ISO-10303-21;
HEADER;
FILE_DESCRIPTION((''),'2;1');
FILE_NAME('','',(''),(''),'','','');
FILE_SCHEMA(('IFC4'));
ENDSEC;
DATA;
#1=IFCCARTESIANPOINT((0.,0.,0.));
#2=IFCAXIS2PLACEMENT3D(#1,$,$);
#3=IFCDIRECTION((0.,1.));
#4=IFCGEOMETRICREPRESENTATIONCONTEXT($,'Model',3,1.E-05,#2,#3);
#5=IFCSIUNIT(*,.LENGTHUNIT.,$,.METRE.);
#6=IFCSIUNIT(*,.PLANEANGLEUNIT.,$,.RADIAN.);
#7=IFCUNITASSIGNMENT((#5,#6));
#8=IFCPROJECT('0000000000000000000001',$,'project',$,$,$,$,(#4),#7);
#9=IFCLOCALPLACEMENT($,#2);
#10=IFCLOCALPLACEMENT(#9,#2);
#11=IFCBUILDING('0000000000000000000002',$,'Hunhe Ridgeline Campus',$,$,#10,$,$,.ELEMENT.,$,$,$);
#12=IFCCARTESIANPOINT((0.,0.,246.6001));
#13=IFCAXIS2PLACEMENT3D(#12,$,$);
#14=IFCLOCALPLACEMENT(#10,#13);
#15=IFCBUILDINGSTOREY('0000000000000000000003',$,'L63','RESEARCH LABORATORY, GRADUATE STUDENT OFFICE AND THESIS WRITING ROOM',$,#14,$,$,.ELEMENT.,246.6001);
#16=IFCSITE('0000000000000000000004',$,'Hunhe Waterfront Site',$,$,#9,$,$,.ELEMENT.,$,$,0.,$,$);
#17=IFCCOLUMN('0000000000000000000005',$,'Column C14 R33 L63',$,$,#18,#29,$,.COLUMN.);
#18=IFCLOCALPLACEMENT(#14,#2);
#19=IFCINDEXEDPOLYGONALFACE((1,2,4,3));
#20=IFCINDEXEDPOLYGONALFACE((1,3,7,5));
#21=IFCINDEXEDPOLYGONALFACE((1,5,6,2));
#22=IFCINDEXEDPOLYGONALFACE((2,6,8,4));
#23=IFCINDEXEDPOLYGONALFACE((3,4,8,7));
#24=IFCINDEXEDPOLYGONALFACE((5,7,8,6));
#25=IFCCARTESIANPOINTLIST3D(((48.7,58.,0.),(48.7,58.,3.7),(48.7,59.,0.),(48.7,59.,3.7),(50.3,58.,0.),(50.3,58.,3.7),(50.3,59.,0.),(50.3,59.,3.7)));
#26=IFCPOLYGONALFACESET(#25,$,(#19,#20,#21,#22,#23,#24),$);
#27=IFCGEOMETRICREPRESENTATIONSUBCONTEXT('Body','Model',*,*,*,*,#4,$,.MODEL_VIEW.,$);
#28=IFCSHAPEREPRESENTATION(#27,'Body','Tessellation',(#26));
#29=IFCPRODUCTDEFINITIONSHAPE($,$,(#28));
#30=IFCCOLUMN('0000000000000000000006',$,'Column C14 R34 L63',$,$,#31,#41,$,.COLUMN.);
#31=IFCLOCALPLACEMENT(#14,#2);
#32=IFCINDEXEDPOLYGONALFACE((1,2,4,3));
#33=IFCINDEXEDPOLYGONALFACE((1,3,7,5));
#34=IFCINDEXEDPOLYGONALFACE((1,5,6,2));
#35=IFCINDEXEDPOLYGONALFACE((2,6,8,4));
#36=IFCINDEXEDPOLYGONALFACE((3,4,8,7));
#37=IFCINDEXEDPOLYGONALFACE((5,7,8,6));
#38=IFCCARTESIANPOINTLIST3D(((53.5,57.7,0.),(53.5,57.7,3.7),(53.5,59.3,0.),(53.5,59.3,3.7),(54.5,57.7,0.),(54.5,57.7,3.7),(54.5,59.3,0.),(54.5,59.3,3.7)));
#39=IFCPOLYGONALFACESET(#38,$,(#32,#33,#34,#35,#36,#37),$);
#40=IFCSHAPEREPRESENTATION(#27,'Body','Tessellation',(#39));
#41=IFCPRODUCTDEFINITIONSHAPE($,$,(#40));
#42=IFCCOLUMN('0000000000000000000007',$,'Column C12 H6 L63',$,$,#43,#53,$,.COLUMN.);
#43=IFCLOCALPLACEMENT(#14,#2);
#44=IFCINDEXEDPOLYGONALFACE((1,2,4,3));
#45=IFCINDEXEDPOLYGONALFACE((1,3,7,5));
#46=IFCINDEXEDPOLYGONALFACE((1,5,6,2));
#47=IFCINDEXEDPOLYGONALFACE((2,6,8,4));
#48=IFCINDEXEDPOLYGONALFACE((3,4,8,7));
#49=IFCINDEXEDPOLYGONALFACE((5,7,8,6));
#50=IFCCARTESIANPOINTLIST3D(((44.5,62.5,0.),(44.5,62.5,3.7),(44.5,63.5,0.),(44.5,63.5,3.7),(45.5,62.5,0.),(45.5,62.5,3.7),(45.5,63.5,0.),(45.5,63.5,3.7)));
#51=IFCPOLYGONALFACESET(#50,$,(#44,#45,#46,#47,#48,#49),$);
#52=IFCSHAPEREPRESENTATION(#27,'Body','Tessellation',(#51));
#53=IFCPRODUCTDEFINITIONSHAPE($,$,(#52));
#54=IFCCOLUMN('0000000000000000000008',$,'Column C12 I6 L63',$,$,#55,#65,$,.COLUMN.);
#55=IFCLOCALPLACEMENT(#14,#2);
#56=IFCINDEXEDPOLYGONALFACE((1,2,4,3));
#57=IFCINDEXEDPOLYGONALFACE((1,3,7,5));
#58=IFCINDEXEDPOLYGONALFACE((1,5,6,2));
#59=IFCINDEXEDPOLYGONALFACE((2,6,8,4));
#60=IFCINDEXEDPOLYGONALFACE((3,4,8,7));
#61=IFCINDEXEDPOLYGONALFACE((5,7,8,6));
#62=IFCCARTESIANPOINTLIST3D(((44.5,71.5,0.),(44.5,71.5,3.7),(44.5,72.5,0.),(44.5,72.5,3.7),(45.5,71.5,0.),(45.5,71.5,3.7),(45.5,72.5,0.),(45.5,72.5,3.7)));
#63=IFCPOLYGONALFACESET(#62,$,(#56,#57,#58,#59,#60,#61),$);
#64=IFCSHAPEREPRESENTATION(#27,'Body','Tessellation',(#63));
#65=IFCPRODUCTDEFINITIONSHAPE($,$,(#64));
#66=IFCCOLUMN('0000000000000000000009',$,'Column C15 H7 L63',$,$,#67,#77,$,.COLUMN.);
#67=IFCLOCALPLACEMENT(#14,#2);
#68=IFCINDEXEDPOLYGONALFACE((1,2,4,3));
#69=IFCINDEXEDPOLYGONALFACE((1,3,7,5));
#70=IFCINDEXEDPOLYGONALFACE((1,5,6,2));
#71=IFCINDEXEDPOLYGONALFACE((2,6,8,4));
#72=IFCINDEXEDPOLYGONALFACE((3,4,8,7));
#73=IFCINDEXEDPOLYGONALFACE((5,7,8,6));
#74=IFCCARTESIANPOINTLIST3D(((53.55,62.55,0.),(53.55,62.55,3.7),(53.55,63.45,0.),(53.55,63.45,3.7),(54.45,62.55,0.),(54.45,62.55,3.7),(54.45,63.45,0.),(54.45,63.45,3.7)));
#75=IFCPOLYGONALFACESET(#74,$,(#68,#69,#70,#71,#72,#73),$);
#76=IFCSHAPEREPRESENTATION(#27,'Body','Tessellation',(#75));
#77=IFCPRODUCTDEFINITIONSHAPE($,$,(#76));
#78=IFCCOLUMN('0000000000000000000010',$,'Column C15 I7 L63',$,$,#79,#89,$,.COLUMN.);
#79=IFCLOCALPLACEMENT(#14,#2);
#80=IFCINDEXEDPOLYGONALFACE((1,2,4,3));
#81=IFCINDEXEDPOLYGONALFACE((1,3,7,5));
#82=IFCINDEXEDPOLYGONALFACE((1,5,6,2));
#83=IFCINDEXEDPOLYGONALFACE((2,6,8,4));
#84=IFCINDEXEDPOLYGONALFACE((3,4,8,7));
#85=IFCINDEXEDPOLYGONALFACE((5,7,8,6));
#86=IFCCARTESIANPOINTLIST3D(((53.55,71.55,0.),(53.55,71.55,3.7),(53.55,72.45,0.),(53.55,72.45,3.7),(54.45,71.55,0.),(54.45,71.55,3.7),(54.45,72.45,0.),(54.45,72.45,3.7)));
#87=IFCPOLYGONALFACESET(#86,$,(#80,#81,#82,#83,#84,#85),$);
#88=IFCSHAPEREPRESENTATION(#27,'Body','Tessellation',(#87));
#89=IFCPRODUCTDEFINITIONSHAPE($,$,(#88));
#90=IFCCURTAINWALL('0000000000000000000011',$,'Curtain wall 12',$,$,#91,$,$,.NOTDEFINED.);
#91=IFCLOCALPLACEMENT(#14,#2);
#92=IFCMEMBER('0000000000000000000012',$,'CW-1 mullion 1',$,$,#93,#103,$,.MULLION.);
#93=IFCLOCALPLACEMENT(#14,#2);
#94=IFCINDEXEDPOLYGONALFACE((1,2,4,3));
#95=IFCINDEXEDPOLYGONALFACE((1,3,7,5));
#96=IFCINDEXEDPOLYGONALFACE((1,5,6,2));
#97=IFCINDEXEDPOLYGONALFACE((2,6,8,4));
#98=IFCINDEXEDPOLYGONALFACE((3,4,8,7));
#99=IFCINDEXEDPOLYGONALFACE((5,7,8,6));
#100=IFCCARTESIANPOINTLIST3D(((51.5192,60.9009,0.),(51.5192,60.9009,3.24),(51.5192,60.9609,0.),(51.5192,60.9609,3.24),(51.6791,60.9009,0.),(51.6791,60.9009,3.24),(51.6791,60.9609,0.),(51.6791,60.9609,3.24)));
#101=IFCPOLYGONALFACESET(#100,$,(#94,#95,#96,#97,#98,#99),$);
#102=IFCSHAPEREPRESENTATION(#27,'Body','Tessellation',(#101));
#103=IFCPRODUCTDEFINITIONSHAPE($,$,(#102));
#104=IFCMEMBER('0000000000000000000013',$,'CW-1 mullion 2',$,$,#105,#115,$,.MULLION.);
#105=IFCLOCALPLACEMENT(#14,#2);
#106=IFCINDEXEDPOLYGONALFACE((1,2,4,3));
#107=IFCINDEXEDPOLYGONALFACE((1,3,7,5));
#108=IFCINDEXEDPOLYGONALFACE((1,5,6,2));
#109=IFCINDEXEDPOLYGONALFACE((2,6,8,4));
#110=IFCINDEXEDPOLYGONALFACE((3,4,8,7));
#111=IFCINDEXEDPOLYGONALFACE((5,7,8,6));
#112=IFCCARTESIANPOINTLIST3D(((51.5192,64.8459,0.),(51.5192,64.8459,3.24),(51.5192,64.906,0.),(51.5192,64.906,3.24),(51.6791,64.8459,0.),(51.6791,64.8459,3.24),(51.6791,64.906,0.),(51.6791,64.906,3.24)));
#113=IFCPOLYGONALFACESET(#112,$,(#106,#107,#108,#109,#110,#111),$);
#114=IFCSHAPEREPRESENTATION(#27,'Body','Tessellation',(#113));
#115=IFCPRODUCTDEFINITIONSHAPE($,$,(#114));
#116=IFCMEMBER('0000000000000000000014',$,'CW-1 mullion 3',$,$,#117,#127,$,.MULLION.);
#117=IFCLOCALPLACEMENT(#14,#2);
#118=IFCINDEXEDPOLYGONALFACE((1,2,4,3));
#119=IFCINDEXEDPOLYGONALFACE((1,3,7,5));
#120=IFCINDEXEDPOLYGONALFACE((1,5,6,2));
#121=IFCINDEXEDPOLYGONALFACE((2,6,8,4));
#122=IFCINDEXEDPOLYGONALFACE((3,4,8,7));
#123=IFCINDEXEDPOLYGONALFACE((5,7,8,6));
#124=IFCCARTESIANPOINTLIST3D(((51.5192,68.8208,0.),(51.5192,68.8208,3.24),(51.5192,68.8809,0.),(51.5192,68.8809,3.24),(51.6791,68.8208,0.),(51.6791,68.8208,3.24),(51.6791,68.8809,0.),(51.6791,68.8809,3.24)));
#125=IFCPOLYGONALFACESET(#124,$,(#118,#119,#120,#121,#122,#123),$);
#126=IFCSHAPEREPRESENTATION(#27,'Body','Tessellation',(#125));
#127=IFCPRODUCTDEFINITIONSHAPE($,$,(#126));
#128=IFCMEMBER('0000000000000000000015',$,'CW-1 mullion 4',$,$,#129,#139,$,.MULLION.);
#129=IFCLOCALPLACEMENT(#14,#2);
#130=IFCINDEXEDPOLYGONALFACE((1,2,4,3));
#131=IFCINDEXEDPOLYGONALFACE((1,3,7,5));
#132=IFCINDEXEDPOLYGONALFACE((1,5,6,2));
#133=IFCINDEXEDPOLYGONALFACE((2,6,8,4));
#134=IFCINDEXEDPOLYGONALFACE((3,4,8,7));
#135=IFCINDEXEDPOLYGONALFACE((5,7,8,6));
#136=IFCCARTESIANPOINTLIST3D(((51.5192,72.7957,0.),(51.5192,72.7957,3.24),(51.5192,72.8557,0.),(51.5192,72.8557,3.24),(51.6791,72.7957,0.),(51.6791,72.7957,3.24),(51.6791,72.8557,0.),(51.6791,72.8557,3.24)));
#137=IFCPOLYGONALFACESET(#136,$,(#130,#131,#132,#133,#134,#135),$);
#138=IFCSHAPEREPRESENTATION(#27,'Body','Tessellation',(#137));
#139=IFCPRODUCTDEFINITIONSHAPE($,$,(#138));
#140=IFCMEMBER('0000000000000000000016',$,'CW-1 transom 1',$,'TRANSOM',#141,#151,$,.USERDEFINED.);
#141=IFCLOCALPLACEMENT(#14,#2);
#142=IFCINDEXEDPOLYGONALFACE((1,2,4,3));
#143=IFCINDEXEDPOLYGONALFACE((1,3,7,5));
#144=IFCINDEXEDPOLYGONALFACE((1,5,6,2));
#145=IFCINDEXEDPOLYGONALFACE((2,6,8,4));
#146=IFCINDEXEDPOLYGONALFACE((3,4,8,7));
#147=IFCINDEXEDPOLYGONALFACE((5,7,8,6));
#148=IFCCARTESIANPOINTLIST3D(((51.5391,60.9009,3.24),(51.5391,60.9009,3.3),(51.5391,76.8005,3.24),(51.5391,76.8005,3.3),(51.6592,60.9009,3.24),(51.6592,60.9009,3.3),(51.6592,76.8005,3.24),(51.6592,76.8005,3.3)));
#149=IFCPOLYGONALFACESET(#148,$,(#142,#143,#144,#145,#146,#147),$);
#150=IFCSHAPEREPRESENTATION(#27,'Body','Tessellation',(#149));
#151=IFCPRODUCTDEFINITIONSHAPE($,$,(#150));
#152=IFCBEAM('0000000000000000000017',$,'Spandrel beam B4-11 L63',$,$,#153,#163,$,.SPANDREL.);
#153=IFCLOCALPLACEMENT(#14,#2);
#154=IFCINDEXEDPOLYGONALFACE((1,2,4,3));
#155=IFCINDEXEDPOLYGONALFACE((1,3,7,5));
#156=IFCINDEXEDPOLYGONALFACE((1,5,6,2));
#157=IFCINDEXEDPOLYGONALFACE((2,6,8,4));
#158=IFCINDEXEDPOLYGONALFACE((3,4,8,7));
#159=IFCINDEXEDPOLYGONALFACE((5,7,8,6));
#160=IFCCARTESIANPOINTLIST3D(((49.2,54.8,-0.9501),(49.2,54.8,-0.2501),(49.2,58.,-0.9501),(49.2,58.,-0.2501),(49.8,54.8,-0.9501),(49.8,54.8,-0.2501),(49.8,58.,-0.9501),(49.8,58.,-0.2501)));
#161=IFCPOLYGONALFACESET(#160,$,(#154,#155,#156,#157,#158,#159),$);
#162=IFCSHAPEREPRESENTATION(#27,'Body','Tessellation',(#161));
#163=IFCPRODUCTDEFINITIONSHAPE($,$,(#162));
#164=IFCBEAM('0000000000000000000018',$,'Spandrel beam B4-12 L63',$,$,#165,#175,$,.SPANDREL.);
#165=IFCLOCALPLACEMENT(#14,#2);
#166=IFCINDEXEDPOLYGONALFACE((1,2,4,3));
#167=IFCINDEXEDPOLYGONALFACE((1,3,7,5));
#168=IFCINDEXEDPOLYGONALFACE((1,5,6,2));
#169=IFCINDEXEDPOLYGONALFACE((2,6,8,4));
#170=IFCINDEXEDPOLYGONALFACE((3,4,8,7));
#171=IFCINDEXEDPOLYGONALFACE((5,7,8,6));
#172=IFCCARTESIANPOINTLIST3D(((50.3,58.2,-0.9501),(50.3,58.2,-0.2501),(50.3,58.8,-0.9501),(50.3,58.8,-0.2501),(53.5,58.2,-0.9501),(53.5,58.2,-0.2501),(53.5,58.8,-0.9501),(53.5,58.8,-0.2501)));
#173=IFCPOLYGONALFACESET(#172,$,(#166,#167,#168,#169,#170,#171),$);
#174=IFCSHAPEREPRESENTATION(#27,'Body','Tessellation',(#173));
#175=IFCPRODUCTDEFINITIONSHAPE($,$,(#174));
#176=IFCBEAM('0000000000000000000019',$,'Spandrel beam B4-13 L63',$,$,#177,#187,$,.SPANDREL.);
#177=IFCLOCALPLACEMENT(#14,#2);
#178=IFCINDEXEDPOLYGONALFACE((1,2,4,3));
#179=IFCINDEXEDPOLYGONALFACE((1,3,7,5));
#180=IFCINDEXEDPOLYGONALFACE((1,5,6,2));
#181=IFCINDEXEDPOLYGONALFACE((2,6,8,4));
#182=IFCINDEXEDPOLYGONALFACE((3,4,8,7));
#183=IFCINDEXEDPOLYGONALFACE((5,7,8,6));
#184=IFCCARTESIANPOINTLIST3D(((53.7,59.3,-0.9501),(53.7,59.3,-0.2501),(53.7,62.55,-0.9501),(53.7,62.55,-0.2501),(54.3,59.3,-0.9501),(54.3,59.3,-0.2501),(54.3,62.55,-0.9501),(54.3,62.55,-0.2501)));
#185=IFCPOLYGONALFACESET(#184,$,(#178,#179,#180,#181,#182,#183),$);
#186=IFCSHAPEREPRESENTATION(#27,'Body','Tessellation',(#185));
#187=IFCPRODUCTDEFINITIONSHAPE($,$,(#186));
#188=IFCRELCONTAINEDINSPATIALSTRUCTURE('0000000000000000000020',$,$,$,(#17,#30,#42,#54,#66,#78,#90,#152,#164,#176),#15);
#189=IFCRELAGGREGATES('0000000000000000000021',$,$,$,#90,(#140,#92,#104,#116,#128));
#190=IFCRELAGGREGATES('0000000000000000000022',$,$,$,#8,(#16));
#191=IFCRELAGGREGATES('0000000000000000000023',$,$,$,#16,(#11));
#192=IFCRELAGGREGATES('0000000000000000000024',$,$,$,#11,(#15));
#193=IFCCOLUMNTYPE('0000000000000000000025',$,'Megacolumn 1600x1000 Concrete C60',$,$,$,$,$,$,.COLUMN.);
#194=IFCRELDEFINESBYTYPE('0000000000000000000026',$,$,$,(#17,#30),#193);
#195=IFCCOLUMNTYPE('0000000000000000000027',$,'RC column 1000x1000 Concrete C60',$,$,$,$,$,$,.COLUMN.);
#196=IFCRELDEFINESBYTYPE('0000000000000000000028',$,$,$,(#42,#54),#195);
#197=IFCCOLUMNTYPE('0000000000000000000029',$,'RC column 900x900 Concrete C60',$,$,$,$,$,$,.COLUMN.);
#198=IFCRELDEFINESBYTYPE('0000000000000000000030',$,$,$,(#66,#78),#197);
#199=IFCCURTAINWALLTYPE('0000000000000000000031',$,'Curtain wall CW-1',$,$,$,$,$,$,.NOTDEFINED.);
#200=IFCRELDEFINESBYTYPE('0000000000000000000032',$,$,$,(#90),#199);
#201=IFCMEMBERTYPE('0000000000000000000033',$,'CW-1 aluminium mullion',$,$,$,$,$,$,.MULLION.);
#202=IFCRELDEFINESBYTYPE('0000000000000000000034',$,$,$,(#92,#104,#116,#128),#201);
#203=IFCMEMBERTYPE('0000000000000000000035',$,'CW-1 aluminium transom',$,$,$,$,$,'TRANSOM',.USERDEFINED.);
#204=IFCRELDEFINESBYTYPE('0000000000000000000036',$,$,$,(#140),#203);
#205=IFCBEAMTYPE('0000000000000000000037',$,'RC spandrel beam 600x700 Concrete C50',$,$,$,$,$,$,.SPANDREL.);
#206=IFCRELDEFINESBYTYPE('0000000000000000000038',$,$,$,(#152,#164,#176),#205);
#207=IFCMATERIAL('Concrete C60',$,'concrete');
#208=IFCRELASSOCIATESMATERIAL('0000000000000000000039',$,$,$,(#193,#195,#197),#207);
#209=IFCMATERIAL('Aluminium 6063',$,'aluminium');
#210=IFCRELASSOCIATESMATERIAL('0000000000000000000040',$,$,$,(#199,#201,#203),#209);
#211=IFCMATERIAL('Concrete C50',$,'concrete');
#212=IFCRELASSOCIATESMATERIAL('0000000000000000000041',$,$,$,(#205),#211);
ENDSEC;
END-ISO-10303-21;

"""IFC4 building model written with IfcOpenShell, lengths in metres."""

from ifc_helpers import new_model, si_unit, direction, frame, origin, origin_2d, place, context, subcontext, project, spatial, rectangle, extrude, material, material_profile, profile_set, type_object, element, aggregate, save


model = new_model("IFC4")

# Units and contexts
model_context = context("Model", 3, precision=1e-05, world=origin(), true_north=direction((0.0, 1.0)))
body_context = subcontext(model_context, "Body", "Model", "MODEL_VIEW")
ifc_project = project(units=[si_unit("LENGTHUNIT", "METRE"), si_unit("PLANEANGLEUNIT", "RADIAN")], contexts=[model_context])

# Site, building, storey
site_placement = place(None, origin())
site = spatial("IfcSite", under=ifc_project, at=site_placement, Name="Hunhe Waterfront Site", CompositionType="ELEMENT", RefElevation=0.0)
building_placement = place(site_placement, origin())
building = spatial("IfcBuilding", under=site, at=building_placement, Name="Hunhe Ridgeline Campus", CompositionType="ELEMENT")
storey_placement = place(building_placement, frame((0.0, 0.0, 246.6001)))
storey = spatial("IfcBuildingStorey", under=building, at=storey_placement, Name="L63", Description="RESEARCH LABORATORY, GRADUATE STUDENT OFFICE AND THESIS WRITING ROOM", CompositionType="ELEMENT", Elevation=246.6001)

# Columns
ifc_material_1 = material(Name="Concrete C60", Category="concrete")
ifc_material_profile_1 = material_profile(ifc_material_1, rectangle(XDim=1.6001, YDim=1.0, at=origin_2d()))
ifc_profile_set_1 = profile_set([ifc_material_profile_1], Name="Concrete C60")
column_type_1 = type_object("IfcColumnType", Name="Megacolumn 1600x1000 Concrete C60", PredefinedType="COLUMN", material=ifc_profile_set_1)
for number, where, z_axis, x_axis, name in (
    (1, (49.5, 58.5, 0.0), (0.0, 0.0, 1.0), (1.0, 0.0, 0.0), "Column C14 R33 L63"),
    (2, (54.0, 58.5, 0.0), (0.0, 0.0, 1.0), (0.0, 1.0, 0.0), "Column C14 R34 L63"),
):
    element("IfcColumn", number, at=place(storey_placement, frame(where, z_axis=z_axis, x_axis=x_axis)), inside=storey, type_object=column_type_1, Name=name, PredefinedType="COLUMN", context=body_context, shape_type="SweptSolid", body=[
        extrude(rectangle(XDim=1.6001, YDim=1.0, at=origin_2d()), origin(), (0.0, 0.0, 1.0), 3.7),
    ])
ifc_material_profile_2 = material_profile(ifc_material_1, rectangle(XDim=1.0, YDim=1.0, at=origin_2d()))
ifc_profile_set_2 = profile_set([ifc_material_profile_2], Name="Concrete C60")
column_type_2 = type_object("IfcColumnType", Name="RC column 1000x1000 Concrete C60", PredefinedType="COLUMN", material=ifc_profile_set_2)
for number, where, z_axis, x_axis, name in (
    (3, (45.0, 63.0, 0.0), (0.0, 0.0, 1.0), (1.0, 0.0, 0.0), "Column C12 H6 L63"),
    (4, (45.0, 72.0, 0.0), (0.0, 0.0, 1.0), (1.0, 0.0, 0.0), "Column C12 I6 L63"),
):
    element("IfcColumn", number, at=place(storey_placement, frame(where, z_axis=z_axis, x_axis=x_axis)), inside=storey, type_object=column_type_2, Name=name, PredefinedType="COLUMN", context=body_context, shape_type="SweptSolid", body=[
        extrude(rectangle(XDim=1.0, YDim=1.0, at=origin_2d()), origin(), (0.0, 0.0, 1.0), 3.7),
    ])
ifc_material_profile_3 = material_profile(ifc_material_1, rectangle(XDim=0.8999, YDim=0.8999, at=origin_2d()))
ifc_profile_set_3 = profile_set([ifc_material_profile_3], Name="Concrete C60")
column_type_3 = type_object("IfcColumnType", Name="RC column 900x900 Concrete C60", PredefinedType="COLUMN", material=ifc_profile_set_3)
for number, where, z_axis, x_axis, name in (
    (5, (54.0, 63.0, 0.0), (0.0, 0.0, 1.0), (1.0, 0.0, 0.0), "Column C15 H7 L63"),
    (6, (54.0, 72.0, 0.0), (0.0, 0.0, 1.0), (1.0, 0.0, 0.0), "Column C15 I7 L63"),
):
    element("IfcColumn", number, at=place(storey_placement, frame(where, z_axis=z_axis, x_axis=x_axis)), inside=storey, type_object=column_type_3, Name=name, PredefinedType="COLUMN", context=body_context, shape_type="SweptSolid", body=[
        extrude(rectangle(XDim=0.8999, YDim=0.8999, at=origin_2d()), origin(), (0.0, 0.0, 1.0), 3.7),
    ])

# Curtain wall, members
ifc_material_2 = material(Name="Aluminium 6063", Category="aluminium")
curtain_wall_type = type_object("IfcCurtainWallType", Name="Curtain wall CW-1", PredefinedType="NOTDEFINED", material=ifc_material_2)
curtain_wall_placement = place(storey_placement, origin())
curtain_wall = element("IfcCurtainWall", 7, at=curtain_wall_placement, inside=storey, type_object=curtain_wall_type, Name="Curtain wall 12", PredefinedType="NOTDEFINED")
ifc_material_profile_4 = material_profile(ifc_material_2, rectangle(XDim=0.1599, YDim=0.0601, at=origin_2d()))
ifc_profile_set_4 = profile_set([ifc_material_profile_4], Name="Aluminium 6063")
member_type_1 = type_object("IfcMemberType", Name="CW-1 aluminium mullion", PredefinedType="MULLION", material=ifc_profile_set_4)
member_1_placement = place(storey_placement, frame((51.5991, 60.9309, 0.0), z_axis=(0.0, 0.0, 1.0), x_axis=(-1.0, 0.0, 0.0)))
member_1 = element("IfcMember", 8, at=member_1_placement, type_object=member_type_1, Name="CW-1 mullion 1", PredefinedType="MULLION", context=body_context, shape_type="SweptSolid", body=[
    extrude(rectangle(XDim=0.1599, YDim=0.0601, at=origin_2d()), origin(), (0.0, 0.0, 1.0), 3.24),
])
member_2_placement = place(storey_placement, frame((51.5991, 64.876, 0.0), z_axis=(0.0, 0.0, 1.0), x_axis=(-1.0, 0.0, 0.0)))
member_2 = element("IfcMember", 9, at=member_2_placement, type_object=member_type_1, Name="CW-1 mullion 2", PredefinedType="MULLION", context=body_context, shape_type="SweptSolid", body=[
    extrude(rectangle(XDim=0.1599, YDim=0.0601, at=origin_2d()), origin(), (0.0, 0.0, 1.0), 3.24),
])
member_3_placement = place(storey_placement, frame((51.5991, 68.8508, 0.0), z_axis=(0.0, 0.0, 1.0), x_axis=(-1.0, 0.0, 0.0)))
member_3 = element("IfcMember", 10, at=member_3_placement, type_object=member_type_1, Name="CW-1 mullion 3", PredefinedType="MULLION", context=body_context, shape_type="SweptSolid", body=[
    extrude(rectangle(XDim=0.1599, YDim=0.0601, at=origin_2d()), origin(), (0.0, 0.0, 1.0), 3.24),
])
member_4_placement = place(storey_placement, frame((51.5991, 72.8257, 0.0), z_axis=(0.0, 0.0, 1.0), x_axis=(-1.0, 0.0, 0.0)))
member_4 = element("IfcMember", 11, at=member_4_placement, type_object=member_type_1, Name="CW-1 mullion 4", PredefinedType="MULLION", context=body_context, shape_type="SweptSolid", body=[
    extrude(rectangle(XDim=0.1599, YDim=0.0601, at=origin_2d()), origin(), (0.0, 0.0, 1.0), 3.24),
])
ifc_material_profile_5 = material_profile(ifc_material_2, rectangle(XDim=0.1201, YDim=0.0601, at=origin_2d()))
ifc_profile_set_5 = profile_set([ifc_material_profile_5], Name="Aluminium 6063")
member_type_2 = type_object("IfcMemberType", Name="CW-1 aluminium transom", ElementType="TRANSOM", PredefinedType="USERDEFINED", material=ifc_profile_set_5)
member_5_placement = place(storey_placement, frame((51.5991, 60.9009, 3.27), z_axis=(0.0, 1.0, 0.0), x_axis=(-1.0, 0.0, 0.0)))
member_5 = element("IfcMember", 12, at=member_5_placement, type_object=member_type_2, Name="CW-1 transom 1", ObjectType="TRANSOM", PredefinedType="USERDEFINED", context=body_context, shape_type="SweptSolid", body=[
    extrude(rectangle(XDim=0.1201, YDim=0.0601, at=origin_2d()), origin(), (0.0, 0.0, 1.0), 15.8997),
])

# Beams
ifc_material_3 = material(Name="Concrete C50", Category="concrete")
ifc_material_profile_6 = material_profile(ifc_material_3, rectangle(XDim=0.6001, YDim=0.7, at=origin_2d()))
ifc_profile_set_6 = profile_set([ifc_material_profile_6], Name="Concrete C50")
beam_type = type_object("IfcBeamType", Name="RC spandrel beam 600x700 Concrete C50", PredefinedType="SPANDREL", material=ifc_profile_set_6)
for number, where, z_axis, x_axis, name in (
    (13, (49.5, 54.8, -0.6001), (0.0, 1.0, 0.0), (-1.0, 0.0, 0.0), "Spandrel beam B4-11 L63"),
    (14, (50.3, 58.5, -0.6001), (1.0, 0.0, 0.0), (0.0, 1.0, 0.0), "Spandrel beam B4-12 L63"),
):
    element("IfcBeam", number, at=place(storey_placement, frame(where, z_axis=z_axis, x_axis=x_axis)), inside=storey, type_object=beam_type, Name=name, PredefinedType="SPANDREL", context=body_context, shape_type="SweptSolid", body=[
        extrude(rectangle(XDim=0.6001, YDim=0.7, at=origin_2d()), origin(), (0.0, 0.0, 1.0), 3.2),
    ])
beam_placement = place(storey_placement, frame((54.0, 59.3, -0.6001), z_axis=(0.0, 1.0, 0.0), x_axis=(-1.0, 0.0, 0.0)))
element("IfcBeam", 15, at=beam_placement, inside=storey, type_object=beam_type, Name="Spandrel beam B4-13 L63", PredefinedType="SPANDREL", context=body_context, shape_type="SweptSolid", body=[
    extrude(rectangle(XDim=0.6001, YDim=0.7, at=origin_2d()), origin(), (0.0, 0.0, 1.0), 3.25),
])

aggregate(curtain_wall, [member_5, member_1, member_2, member_3, member_4])

save(model, "model.ifc")
